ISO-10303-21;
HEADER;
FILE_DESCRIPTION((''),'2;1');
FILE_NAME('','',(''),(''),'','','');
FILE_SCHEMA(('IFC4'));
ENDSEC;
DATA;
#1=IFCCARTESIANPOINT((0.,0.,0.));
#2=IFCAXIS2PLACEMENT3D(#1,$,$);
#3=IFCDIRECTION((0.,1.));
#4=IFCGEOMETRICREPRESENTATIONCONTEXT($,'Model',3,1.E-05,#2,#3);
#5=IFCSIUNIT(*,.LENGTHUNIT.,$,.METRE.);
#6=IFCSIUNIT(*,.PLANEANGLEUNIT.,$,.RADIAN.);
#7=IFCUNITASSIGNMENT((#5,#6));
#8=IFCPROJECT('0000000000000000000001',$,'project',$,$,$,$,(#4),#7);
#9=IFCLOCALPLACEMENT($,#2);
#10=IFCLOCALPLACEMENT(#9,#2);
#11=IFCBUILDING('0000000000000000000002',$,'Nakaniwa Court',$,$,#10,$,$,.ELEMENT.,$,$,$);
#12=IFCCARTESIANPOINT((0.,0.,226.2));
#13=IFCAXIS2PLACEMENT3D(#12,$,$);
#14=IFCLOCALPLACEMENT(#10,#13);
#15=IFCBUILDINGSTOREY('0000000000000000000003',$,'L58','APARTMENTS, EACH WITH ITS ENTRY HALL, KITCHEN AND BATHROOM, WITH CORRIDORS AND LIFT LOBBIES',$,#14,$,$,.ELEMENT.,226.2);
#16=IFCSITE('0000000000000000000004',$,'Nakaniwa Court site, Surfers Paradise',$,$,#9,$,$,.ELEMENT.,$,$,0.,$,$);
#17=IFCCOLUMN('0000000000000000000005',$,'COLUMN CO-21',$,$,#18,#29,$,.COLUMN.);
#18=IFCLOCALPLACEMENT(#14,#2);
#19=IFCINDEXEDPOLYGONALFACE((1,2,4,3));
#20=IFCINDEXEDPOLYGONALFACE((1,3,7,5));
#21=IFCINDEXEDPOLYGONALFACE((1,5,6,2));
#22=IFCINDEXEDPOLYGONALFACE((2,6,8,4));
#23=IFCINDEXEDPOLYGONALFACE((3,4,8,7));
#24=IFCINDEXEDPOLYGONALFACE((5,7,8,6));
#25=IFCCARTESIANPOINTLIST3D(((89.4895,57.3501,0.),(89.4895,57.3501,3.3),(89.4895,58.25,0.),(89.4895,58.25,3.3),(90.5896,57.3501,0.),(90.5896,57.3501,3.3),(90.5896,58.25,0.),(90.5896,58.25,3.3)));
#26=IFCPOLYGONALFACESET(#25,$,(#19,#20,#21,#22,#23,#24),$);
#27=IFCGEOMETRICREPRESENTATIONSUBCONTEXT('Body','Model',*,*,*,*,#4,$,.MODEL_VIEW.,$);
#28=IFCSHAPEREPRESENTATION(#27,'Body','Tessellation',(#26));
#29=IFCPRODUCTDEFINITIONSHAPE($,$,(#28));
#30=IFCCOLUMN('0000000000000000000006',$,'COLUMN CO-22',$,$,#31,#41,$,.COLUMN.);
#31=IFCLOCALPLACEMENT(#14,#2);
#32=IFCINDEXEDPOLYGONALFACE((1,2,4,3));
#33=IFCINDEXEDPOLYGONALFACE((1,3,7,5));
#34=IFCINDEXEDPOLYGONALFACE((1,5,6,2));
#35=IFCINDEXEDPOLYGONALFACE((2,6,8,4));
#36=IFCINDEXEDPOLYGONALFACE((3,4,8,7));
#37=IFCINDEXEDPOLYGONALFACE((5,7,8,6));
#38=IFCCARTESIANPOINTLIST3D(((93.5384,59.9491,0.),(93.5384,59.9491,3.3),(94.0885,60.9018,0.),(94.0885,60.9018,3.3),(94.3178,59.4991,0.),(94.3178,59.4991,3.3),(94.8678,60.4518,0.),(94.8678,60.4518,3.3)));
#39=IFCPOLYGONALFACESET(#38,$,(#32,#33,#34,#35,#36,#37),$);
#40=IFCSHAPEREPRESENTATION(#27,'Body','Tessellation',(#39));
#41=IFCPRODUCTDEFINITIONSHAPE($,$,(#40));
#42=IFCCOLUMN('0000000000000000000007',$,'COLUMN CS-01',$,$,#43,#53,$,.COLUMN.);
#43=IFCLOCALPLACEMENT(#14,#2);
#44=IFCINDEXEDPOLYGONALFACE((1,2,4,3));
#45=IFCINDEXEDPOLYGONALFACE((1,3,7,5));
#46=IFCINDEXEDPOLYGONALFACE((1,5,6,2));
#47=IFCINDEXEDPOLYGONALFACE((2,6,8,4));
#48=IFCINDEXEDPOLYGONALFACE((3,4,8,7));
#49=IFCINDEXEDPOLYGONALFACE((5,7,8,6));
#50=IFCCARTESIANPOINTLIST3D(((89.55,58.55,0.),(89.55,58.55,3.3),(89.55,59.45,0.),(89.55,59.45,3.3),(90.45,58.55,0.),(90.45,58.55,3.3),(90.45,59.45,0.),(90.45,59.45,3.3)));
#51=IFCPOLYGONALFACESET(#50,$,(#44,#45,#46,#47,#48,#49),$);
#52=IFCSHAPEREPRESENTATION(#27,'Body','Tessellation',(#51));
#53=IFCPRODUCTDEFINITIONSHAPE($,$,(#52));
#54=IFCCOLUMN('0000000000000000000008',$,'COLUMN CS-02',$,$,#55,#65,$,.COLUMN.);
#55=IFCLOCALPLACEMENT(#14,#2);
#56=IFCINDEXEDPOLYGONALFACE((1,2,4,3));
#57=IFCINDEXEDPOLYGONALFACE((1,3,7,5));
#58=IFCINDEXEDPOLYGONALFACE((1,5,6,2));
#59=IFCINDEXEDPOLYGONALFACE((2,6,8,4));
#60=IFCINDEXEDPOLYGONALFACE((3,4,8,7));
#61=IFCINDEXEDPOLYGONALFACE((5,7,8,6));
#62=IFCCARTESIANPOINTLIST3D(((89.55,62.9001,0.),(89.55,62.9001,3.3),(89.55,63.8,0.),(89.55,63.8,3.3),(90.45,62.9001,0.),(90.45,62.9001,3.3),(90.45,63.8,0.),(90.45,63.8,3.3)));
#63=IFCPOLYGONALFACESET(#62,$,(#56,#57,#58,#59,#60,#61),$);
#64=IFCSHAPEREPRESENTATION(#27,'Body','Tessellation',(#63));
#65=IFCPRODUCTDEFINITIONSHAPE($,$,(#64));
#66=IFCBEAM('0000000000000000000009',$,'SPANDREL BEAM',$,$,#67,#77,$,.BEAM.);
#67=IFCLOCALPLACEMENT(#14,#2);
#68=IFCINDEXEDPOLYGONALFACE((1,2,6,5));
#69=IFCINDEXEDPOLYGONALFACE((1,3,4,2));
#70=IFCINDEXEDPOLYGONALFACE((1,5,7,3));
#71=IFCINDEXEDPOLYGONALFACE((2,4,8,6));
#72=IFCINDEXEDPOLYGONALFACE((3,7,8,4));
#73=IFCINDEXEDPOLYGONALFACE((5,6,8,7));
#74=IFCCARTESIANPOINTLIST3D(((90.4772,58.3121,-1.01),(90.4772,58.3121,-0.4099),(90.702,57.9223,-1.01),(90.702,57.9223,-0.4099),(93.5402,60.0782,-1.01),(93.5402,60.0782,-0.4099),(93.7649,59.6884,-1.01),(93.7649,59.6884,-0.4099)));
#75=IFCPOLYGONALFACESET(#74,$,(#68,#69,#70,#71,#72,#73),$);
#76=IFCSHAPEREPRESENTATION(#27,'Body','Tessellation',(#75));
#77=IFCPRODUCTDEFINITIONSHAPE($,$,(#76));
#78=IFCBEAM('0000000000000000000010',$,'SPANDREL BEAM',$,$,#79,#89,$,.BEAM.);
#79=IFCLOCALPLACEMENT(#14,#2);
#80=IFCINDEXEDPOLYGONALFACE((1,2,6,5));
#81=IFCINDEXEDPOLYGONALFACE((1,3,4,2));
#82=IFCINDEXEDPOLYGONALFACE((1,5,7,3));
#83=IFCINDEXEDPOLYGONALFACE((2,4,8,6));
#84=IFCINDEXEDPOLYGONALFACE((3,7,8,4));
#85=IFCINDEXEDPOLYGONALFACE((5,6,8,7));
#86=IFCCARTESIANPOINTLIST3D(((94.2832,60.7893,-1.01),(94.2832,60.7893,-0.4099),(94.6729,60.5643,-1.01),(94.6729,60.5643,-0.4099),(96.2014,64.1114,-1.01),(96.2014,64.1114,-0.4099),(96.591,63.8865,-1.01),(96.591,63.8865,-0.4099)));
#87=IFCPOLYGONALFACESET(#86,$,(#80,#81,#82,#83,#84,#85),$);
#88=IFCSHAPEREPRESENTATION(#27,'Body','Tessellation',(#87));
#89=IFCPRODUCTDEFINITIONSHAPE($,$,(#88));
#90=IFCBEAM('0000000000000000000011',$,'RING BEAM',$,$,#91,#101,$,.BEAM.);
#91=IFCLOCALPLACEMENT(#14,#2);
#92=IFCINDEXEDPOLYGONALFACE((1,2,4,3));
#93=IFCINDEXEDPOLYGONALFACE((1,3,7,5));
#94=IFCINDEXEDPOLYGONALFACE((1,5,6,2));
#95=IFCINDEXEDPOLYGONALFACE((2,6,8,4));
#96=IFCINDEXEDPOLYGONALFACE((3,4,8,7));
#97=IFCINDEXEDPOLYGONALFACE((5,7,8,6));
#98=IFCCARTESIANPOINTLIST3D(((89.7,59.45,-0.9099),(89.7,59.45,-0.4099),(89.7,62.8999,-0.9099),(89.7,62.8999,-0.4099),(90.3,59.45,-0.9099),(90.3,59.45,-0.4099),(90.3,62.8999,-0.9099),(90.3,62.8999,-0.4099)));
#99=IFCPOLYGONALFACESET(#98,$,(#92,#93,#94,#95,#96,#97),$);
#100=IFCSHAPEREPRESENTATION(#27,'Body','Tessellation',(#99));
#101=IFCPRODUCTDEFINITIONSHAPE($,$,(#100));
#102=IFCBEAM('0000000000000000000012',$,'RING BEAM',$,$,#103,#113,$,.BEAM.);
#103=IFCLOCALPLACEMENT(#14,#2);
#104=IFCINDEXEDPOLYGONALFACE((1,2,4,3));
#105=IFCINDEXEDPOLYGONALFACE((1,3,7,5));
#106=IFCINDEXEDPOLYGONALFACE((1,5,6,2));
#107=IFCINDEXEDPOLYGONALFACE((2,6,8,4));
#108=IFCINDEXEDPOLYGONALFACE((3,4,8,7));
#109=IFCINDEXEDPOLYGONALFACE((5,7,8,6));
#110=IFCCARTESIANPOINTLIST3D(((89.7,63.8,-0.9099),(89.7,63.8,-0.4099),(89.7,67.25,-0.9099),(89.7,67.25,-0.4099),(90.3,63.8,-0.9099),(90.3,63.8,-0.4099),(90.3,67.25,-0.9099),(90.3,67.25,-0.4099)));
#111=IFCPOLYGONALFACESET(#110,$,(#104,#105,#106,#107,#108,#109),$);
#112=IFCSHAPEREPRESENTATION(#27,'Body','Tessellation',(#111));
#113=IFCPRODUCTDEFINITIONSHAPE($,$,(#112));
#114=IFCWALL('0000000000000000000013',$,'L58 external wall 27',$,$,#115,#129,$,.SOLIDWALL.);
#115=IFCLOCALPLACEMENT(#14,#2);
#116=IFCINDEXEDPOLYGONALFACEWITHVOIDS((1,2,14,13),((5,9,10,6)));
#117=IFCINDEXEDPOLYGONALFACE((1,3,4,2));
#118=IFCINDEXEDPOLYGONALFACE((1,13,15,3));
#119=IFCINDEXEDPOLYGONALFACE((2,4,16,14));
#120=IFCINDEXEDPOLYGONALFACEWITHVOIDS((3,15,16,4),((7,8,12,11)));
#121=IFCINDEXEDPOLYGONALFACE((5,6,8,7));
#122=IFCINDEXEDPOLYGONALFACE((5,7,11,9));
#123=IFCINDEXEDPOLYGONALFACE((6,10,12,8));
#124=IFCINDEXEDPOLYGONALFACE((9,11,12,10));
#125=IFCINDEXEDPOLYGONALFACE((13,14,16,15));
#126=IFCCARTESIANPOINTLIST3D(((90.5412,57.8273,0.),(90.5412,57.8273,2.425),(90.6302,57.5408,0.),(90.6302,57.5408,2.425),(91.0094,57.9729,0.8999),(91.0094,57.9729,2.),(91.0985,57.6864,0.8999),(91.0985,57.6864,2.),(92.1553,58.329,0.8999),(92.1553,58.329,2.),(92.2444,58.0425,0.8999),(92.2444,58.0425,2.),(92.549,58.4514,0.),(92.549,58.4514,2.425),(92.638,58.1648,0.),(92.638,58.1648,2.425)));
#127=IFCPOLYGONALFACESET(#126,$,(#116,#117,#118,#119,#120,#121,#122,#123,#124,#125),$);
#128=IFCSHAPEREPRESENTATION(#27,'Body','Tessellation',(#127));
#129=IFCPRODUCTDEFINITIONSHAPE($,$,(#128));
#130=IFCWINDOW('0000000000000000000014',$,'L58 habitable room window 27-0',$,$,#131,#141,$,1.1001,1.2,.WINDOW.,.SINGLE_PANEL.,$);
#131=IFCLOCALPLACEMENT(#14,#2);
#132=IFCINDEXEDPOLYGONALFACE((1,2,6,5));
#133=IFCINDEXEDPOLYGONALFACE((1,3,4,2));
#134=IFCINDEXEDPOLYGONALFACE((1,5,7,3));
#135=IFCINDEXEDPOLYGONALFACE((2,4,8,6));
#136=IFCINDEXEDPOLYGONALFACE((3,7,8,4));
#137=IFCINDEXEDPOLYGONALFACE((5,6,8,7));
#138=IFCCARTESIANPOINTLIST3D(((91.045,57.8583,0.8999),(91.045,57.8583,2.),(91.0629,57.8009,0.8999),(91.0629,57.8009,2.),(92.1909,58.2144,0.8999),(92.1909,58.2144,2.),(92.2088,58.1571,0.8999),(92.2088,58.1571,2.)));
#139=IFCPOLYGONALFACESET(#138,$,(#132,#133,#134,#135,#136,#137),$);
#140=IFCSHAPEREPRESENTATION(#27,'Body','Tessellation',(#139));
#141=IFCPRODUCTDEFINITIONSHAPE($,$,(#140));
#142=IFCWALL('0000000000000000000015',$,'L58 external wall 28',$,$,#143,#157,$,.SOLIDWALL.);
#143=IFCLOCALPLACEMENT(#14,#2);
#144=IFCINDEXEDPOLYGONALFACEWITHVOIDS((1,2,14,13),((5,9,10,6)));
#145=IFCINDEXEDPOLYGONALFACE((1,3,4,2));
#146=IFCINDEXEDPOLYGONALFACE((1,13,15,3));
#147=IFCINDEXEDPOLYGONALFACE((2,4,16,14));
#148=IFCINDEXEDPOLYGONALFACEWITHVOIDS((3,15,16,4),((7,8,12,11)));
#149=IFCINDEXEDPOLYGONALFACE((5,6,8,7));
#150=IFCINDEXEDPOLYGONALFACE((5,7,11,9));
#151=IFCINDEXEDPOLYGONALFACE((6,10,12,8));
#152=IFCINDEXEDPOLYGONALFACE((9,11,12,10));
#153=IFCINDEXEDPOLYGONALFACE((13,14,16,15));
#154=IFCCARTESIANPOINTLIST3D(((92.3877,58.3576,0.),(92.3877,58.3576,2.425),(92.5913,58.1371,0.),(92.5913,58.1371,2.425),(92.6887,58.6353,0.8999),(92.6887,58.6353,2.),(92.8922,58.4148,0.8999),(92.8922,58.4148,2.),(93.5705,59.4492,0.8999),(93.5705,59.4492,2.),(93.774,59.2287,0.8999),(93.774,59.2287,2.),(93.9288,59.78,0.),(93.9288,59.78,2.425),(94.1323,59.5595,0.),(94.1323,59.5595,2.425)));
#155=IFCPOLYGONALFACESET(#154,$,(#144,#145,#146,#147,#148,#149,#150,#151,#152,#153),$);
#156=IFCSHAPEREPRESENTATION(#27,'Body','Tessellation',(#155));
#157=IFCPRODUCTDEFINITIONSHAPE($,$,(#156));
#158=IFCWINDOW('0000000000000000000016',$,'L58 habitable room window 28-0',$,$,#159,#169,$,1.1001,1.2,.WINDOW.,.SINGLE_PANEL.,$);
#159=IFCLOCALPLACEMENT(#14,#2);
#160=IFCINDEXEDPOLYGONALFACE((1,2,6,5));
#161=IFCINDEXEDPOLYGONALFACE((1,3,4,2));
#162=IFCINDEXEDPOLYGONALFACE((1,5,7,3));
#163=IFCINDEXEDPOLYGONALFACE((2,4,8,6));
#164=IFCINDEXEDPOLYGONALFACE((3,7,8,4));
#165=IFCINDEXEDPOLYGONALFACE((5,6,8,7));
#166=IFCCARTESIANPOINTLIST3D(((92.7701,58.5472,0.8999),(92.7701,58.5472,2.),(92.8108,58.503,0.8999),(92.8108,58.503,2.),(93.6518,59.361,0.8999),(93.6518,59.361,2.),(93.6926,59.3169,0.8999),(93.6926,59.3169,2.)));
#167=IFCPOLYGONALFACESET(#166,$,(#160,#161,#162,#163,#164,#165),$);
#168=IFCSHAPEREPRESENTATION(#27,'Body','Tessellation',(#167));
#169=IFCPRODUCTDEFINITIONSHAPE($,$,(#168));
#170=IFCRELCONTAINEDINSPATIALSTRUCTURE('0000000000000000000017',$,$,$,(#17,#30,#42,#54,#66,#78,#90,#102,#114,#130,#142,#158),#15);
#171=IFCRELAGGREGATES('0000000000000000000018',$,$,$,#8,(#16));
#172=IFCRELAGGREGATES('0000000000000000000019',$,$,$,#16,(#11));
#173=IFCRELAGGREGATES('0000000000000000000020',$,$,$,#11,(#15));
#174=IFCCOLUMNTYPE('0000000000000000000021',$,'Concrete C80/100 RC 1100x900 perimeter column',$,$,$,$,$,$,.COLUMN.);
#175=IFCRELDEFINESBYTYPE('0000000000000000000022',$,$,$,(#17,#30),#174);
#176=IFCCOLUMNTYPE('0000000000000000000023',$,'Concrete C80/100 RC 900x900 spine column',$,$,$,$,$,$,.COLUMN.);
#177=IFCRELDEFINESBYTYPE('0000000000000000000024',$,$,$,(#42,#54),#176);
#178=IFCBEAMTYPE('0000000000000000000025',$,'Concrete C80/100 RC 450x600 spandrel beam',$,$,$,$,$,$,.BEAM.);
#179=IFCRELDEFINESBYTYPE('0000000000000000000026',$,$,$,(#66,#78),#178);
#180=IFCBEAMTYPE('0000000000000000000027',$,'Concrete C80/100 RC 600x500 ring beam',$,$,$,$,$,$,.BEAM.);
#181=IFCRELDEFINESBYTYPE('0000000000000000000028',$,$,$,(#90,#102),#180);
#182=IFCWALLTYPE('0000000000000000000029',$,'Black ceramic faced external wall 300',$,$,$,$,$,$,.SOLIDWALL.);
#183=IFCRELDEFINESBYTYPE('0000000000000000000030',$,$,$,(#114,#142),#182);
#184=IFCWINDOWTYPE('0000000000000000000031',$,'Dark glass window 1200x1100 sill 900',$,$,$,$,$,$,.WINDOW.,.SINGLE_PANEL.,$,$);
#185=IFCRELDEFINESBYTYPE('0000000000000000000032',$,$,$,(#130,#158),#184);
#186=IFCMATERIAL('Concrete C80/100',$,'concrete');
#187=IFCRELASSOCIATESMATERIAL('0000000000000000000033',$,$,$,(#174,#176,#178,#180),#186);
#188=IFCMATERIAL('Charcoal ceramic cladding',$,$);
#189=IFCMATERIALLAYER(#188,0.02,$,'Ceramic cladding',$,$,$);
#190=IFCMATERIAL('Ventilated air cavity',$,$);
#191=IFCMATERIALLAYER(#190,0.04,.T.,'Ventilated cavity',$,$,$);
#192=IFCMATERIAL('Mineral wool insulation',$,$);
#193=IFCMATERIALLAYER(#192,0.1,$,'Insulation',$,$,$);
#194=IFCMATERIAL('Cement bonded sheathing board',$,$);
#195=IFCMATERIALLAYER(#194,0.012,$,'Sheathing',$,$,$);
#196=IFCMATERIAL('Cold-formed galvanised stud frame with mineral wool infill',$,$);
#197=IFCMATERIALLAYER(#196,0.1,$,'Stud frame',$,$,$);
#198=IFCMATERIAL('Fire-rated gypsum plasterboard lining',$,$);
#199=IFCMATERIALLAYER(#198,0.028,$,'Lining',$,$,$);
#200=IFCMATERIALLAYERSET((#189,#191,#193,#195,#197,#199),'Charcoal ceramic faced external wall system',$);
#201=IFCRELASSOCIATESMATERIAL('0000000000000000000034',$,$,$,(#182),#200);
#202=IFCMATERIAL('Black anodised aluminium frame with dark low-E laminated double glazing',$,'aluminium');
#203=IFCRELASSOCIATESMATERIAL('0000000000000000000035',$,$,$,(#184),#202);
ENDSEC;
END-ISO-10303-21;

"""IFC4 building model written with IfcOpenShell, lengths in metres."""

from ifc_helpers import new_model, si_unit, direction, frame, frame_2d, origin, origin_2d, place, context, subcontext, project, spatial, rectangle, extrude, material, layer, layer_set, material_profile, profile_set, type_object, element, fill, save


model = new_model("IFC4")

# Units and contexts
model_context = context("Model", 3, precision=1e-05, world=origin(), true_north=direction((0.0, 1.0)))
body_context = subcontext(model_context, "Body", "Model", "MODEL_VIEW")
ifc_project = project(units=[si_unit("LENGTHUNIT", "METRE"), si_unit("PLANEANGLEUNIT", "RADIAN")], contexts=[model_context])

# Site, building, storey
site_placement = place(None, origin())
site = spatial("IfcSite", under=ifc_project, at=site_placement, Name="Nakaniwa Court site, Surfers Paradise", CompositionType="ELEMENT", RefElevation=0.0)
building_placement = place(site_placement, origin())
building = spatial("IfcBuilding", under=site, at=building_placement, Name="Nakaniwa Court", CompositionType="ELEMENT")
storey_placement = place(building_placement, frame((0.0, 0.0, 226.2)))
storey = spatial("IfcBuildingStorey", under=building, at=storey_placement, Name="L58", Description="APARTMENTS, EACH WITH ITS ENTRY HALL, KITCHEN AND BATHROOM, WITH CORRIDORS AND LIFT LOBBIES", CompositionType="ELEMENT", Elevation=226.2)

# Columns
ifc_material_1 = material(Name="Concrete C80/100", Category="concrete")
ifc_material_profile_1 = material_profile(ifc_material_1, rectangle(XDim=1.1001, YDim=0.8999, at=origin_2d()), Name="Concrete C80/100 RC 1100x900 perimeter column")
ifc_profile_set_1 = profile_set([ifc_material_profile_1], Name="Concrete C80/100")
column_type_1 = type_object("IfcColumnType", Name="Concrete C80/100 RC 1100x900 perimeter column", PredefinedType="COLUMN", material=ifc_profile_set_1)
for number, where, z_axis, x_axis, name in (
    (1, (90.0396, 57.8, 0.0), (0.0, 0.0, 1.0), (1.0, 0.0, 0.0), "COLUMN CO-21"),
    (2, (94.2031, 60.2004, 0.0), (0.0, 0.0, 1.0), (0.5, 0.866025, 0.0), "COLUMN CO-22"),
):
    element("IfcColumn", number, at=place(storey_placement, frame(where, z_axis=z_axis, x_axis=x_axis)), inside=storey, type_object=column_type_1, Name=name, PredefinedType="COLUMN", context=body_context, shape_type="SweptSolid", body=[
        extrude(rectangle(XDim=1.1001, YDim=0.8999, at=origin_2d()), origin(), (0.0, 0.0, 1.0), 3.3),
    ])
ifc_material_profile_2 = material_profile(ifc_material_1, rectangle(XDim=0.8999, YDim=0.8999, at=origin_2d()), Name="Concrete C80/100 RC 900x900 spine column")
ifc_profile_set_2 = profile_set([ifc_material_profile_2], Name="Concrete C80/100")
column_type_2 = type_object("IfcColumnType", Name="Concrete C80/100 RC 900x900 spine column", PredefinedType="COLUMN", material=ifc_profile_set_2)
for number, where, z_axis, x_axis, name in (
    (3, (90.0, 59.0, 0.0), (0.0, 0.0, 1.0), (0.0, 1.0, 0.0), "COLUMN CS-01"),
    (4, (90.0, 63.3501, 0.0), (0.0, 0.0, 1.0), (0.0, 1.0, 0.0), "COLUMN CS-02"),
):
    element("IfcColumn", number, at=place(storey_placement, frame(where, z_axis=z_axis, x_axis=x_axis)), inside=storey, type_object=column_type_2, Name=name, PredefinedType="COLUMN", context=body_context, shape_type="SweptSolid", body=[
        extrude(rectangle(XDim=0.8999, YDim=0.8999, at=origin_2d()), origin(), (0.0, 0.0, 1.0), 3.3),
    ])

# Beams
ifc_material_profile_3 = material_profile(ifc_material_1, rectangle(XDim=0.45, YDim=0.6001, at=origin_2d()), Name="Concrete C80/100 RC 450x600 spandrel beam")
ifc_profile_set_3 = profile_set([ifc_material_profile_3], Name="Concrete C80/100")
beam_type_1 = type_object("IfcBeamType", Name="Concrete C80/100 RC 450x600 spandrel beam", PredefinedType="BEAM", material=ifc_profile_set_3)
beam_1_placement = place(storey_placement, frame((90.5896, 58.1172, -0.71), z_axis=(0.866307, 0.499511, 0.0), x_axis=(-0.499511, 0.866307, 0.0)))
element("IfcBeam", 5, at=beam_1_placement, inside=storey, type_object=beam_type_1, Name="SPANDREL BEAM", PredefinedType="BEAM", context=body_context, shape_type="SweptSolid", body=[
    extrude(rectangle(XDim=0.45, YDim=0.6001, at=origin_2d()), origin(), (0.0, 0.0, 1.0), 3.5356),
])
beam_2_placement = place(storey_placement, frame((94.478, 60.6768, -0.71), z_axis=(0.50002, 0.866014, 0.0), x_axis=(-0.866014, 0.50002, 0.0)))
element("IfcBeam", 6, at=beam_2_placement, inside=storey, type_object=beam_type_1, Name="SPANDREL BEAM", PredefinedType="BEAM", context=body_context, shape_type="SweptSolid", body=[
    extrude(rectangle(XDim=0.45, YDim=0.6001, at=origin_2d()), origin(), (0.0, 0.0, 1.0), 3.8362),
])
ifc_material_profile_4 = material_profile(ifc_material_1, rectangle(XDim=0.6001, YDim=0.5, at=origin_2d()), Name="Concrete C80/100 RC 600x500 ring beam")
ifc_profile_set_4 = profile_set([ifc_material_profile_4], Name="Concrete C80/100")
beam_type_2 = type_object("IfcBeamType", Name="Concrete C80/100 RC 600x500 ring beam", PredefinedType="BEAM", material=ifc_profile_set_4)
for number, where, z_axis, x_axis, name in (
    (7, (90.0, 59.45, -0.6599), (0.0, 1.0, 0.0), (-1.0, 0.0, 0.0), "RING BEAM"),
    (8, (90.0, 63.8, -0.6599), (0.0, 1.0, 0.0), (-1.0, 0.0, 0.0), "RING BEAM"),
):
    element("IfcBeam", number, at=place(storey_placement, frame(where, z_axis=z_axis, x_axis=x_axis)), inside=storey, type_object=beam_type_2, Name=name, PredefinedType="BEAM", context=body_context, shape_type="SweptSolid", body=[
        extrude(rectangle(XDim=0.6001, YDim=0.5, at=origin_2d()), origin(), (0.0, 0.0, 1.0), 3.45),
    ])

# Walls, openings, windows
ifc_material_2 = material(Name="Charcoal ceramic cladding")
ifc_layer_1 = layer(ifc_material_2, 0.02, Name="Ceramic cladding")
ifc_material_3 = material(Name="Ventilated air cavity")
ifc_layer_2 = layer(ifc_material_3, 0.04, ventilated=True, Name="Ventilated cavity")
ifc_material_4 = material(Name="Mineral wool insulation")
ifc_layer_3 = layer(ifc_material_4, 0.1, Name="Insulation")
ifc_material_5 = material(Name="Cement bonded sheathing board")
ifc_layer_4 = layer(ifc_material_5, 0.012, Name="Sheathing")
ifc_material_6 = material(Name="Cold-formed galvanised stud frame with mineral wool infill")
ifc_layer_5 = layer(ifc_material_6, 0.1, Name="Stud frame")
ifc_material_7 = material(Name="Fire-rated gypsum plasterboard lining")
ifc_layer_6 = layer(ifc_material_7, 0.028, Name="Lining")
ifc_layer_set = layer_set([ifc_layer_1, ifc_layer_2, ifc_layer_3, ifc_layer_4, ifc_layer_5, ifc_layer_6], Name="Charcoal ceramic faced external wall system")
wall_type = type_object("IfcWallType", Name="Black ceramic faced external wall 300", PredefinedType="SOLIDWALL", material=ifc_layer_set)
wall_1_placement = place(storey_placement, frame((90.5857, 57.6841, 0.0), z_axis=(0.0, 0.0, 1.0), x_axis=(0.954942, 0.296794, 0.0)))
wall_1 = element("IfcWall", 9, at=wall_1_placement, inside=storey, type_object=wall_type, Name="L58 external wall 27", PredefinedType="SOLIDWALL", context=body_context, shape_type="SweptSolid", body=[
    extrude(rectangle(XDim=2.1025, YDim=0.3, at=frame_2d((1.0513, 0.0))), origin(), (0.0, 0.0, 1.0), 2.425),
])
opening_1_placement = place(wall_1_placement, frame((0.4902, 0.0, 0.8999)))
opening_1 = element("IfcOpeningElement", 10, at=opening_1_placement, cuts=wall_1, PredefinedType="OPENING", context=body_context, shape_type="SweptSolid", body=[
    extrude(rectangle(XDim=1.2, YDim=1.1001, at=frame_2d((0.6001, 0.55))), frame((0.0, 0.1599, 0.0), z_axis=(0.0, -1.0, 0.0), x_axis=(1.0, 0.0, 0.0)), (0.0, 0.0, 1.0), 0.3201),
])
ifc_material_8 = material(Name="Black anodised aluminium frame with dark low-E laminated double glazing", Category="aluminium")
window_type_1 = type_object("IfcWindowType", Name="Dark glass window 1200x1100 sill 900", PartitioningType="SINGLE_PANEL", PredefinedType="WINDOW", material=ifc_material_8)
window_1_placement = place(opening_1_placement, origin())
window_1 = element("IfcWindow", 11, at=window_1_placement, inside=storey, type_object=window_type_1, Name="L58 habitable room window 27-0", OverallHeight=1.1001, OverallWidth=1.2, PartitioningType="SINGLE_PANEL", PredefinedType="WINDOW", context=body_context, shape_type="SweptSolid", body=[
    extrude(rectangle(XDim=1.2, YDim=1.1001, at=frame_2d((0.6001, 0.55))), frame((0.0, 0.03, 0.0), z_axis=(0.0, -1.0, 0.0), x_axis=(1.0, 0.0, 0.0)), (0.0, 0.0, 1.0), 0.0601),
])
fill(opening_1, window_1)
wall_2_placement = place(storey_placement, frame((92.4895, 58.2473, 0.0), z_axis=(0.0, 0.0, 1.0), x_axis=(0.73483, 0.678251, 0.0)))
wall_2 = element("IfcWall", 12, at=wall_2_placement, inside=storey, type_object=wall_type, Name="L58 external wall 28", PredefinedType="SOLIDWALL", context=body_context, shape_type="SweptSolid", body=[
    extrude(rectangle(XDim=2.0972, YDim=0.3, at=frame_2d((1.0486, 0.0))), origin(), (0.0, 0.0, 1.0), 2.425),
])
opening_2_placement = place(wall_2_placement, frame((0.4094, 0.0, 0.8999)))
opening_2 = element("IfcOpeningElement", 13, at=opening_2_placement, cuts=wall_2, PredefinedType="OPENING", context=body_context, shape_type="SweptSolid", body=[
    extrude(rectangle(XDim=1.2, YDim=1.1001, at=frame_2d((0.6001, 0.55))), frame((0.0, 0.1599, 0.0), z_axis=(0.0, -1.0, 0.0), x_axis=(1.0, 0.0, 0.0)), (0.0, 0.0, 1.0), 0.3201),
])
window_2_placement = place(opening_2_placement, origin())
window_2 = element("IfcWindow", 14, at=window_2_placement, inside=storey, type_object=window_type_1, Name="L58 habitable room window 28-0", OverallHeight=1.1001, OverallWidth=1.2, PartitioningType="SINGLE_PANEL", PredefinedType="WINDOW", context=body_context, shape_type="SweptSolid", body=[
    extrude(rectangle(XDim=1.2, YDim=1.1001, at=frame_2d((0.6001, 0.55))), frame((0.0, 0.03, 0.0), z_axis=(0.0, -1.0, 0.0), x_axis=(1.0, 0.0, 0.0)), (0.0, 0.0, 1.0), 0.0601),
])
fill(opening_2, window_2)

save(model, "model.ifc")
